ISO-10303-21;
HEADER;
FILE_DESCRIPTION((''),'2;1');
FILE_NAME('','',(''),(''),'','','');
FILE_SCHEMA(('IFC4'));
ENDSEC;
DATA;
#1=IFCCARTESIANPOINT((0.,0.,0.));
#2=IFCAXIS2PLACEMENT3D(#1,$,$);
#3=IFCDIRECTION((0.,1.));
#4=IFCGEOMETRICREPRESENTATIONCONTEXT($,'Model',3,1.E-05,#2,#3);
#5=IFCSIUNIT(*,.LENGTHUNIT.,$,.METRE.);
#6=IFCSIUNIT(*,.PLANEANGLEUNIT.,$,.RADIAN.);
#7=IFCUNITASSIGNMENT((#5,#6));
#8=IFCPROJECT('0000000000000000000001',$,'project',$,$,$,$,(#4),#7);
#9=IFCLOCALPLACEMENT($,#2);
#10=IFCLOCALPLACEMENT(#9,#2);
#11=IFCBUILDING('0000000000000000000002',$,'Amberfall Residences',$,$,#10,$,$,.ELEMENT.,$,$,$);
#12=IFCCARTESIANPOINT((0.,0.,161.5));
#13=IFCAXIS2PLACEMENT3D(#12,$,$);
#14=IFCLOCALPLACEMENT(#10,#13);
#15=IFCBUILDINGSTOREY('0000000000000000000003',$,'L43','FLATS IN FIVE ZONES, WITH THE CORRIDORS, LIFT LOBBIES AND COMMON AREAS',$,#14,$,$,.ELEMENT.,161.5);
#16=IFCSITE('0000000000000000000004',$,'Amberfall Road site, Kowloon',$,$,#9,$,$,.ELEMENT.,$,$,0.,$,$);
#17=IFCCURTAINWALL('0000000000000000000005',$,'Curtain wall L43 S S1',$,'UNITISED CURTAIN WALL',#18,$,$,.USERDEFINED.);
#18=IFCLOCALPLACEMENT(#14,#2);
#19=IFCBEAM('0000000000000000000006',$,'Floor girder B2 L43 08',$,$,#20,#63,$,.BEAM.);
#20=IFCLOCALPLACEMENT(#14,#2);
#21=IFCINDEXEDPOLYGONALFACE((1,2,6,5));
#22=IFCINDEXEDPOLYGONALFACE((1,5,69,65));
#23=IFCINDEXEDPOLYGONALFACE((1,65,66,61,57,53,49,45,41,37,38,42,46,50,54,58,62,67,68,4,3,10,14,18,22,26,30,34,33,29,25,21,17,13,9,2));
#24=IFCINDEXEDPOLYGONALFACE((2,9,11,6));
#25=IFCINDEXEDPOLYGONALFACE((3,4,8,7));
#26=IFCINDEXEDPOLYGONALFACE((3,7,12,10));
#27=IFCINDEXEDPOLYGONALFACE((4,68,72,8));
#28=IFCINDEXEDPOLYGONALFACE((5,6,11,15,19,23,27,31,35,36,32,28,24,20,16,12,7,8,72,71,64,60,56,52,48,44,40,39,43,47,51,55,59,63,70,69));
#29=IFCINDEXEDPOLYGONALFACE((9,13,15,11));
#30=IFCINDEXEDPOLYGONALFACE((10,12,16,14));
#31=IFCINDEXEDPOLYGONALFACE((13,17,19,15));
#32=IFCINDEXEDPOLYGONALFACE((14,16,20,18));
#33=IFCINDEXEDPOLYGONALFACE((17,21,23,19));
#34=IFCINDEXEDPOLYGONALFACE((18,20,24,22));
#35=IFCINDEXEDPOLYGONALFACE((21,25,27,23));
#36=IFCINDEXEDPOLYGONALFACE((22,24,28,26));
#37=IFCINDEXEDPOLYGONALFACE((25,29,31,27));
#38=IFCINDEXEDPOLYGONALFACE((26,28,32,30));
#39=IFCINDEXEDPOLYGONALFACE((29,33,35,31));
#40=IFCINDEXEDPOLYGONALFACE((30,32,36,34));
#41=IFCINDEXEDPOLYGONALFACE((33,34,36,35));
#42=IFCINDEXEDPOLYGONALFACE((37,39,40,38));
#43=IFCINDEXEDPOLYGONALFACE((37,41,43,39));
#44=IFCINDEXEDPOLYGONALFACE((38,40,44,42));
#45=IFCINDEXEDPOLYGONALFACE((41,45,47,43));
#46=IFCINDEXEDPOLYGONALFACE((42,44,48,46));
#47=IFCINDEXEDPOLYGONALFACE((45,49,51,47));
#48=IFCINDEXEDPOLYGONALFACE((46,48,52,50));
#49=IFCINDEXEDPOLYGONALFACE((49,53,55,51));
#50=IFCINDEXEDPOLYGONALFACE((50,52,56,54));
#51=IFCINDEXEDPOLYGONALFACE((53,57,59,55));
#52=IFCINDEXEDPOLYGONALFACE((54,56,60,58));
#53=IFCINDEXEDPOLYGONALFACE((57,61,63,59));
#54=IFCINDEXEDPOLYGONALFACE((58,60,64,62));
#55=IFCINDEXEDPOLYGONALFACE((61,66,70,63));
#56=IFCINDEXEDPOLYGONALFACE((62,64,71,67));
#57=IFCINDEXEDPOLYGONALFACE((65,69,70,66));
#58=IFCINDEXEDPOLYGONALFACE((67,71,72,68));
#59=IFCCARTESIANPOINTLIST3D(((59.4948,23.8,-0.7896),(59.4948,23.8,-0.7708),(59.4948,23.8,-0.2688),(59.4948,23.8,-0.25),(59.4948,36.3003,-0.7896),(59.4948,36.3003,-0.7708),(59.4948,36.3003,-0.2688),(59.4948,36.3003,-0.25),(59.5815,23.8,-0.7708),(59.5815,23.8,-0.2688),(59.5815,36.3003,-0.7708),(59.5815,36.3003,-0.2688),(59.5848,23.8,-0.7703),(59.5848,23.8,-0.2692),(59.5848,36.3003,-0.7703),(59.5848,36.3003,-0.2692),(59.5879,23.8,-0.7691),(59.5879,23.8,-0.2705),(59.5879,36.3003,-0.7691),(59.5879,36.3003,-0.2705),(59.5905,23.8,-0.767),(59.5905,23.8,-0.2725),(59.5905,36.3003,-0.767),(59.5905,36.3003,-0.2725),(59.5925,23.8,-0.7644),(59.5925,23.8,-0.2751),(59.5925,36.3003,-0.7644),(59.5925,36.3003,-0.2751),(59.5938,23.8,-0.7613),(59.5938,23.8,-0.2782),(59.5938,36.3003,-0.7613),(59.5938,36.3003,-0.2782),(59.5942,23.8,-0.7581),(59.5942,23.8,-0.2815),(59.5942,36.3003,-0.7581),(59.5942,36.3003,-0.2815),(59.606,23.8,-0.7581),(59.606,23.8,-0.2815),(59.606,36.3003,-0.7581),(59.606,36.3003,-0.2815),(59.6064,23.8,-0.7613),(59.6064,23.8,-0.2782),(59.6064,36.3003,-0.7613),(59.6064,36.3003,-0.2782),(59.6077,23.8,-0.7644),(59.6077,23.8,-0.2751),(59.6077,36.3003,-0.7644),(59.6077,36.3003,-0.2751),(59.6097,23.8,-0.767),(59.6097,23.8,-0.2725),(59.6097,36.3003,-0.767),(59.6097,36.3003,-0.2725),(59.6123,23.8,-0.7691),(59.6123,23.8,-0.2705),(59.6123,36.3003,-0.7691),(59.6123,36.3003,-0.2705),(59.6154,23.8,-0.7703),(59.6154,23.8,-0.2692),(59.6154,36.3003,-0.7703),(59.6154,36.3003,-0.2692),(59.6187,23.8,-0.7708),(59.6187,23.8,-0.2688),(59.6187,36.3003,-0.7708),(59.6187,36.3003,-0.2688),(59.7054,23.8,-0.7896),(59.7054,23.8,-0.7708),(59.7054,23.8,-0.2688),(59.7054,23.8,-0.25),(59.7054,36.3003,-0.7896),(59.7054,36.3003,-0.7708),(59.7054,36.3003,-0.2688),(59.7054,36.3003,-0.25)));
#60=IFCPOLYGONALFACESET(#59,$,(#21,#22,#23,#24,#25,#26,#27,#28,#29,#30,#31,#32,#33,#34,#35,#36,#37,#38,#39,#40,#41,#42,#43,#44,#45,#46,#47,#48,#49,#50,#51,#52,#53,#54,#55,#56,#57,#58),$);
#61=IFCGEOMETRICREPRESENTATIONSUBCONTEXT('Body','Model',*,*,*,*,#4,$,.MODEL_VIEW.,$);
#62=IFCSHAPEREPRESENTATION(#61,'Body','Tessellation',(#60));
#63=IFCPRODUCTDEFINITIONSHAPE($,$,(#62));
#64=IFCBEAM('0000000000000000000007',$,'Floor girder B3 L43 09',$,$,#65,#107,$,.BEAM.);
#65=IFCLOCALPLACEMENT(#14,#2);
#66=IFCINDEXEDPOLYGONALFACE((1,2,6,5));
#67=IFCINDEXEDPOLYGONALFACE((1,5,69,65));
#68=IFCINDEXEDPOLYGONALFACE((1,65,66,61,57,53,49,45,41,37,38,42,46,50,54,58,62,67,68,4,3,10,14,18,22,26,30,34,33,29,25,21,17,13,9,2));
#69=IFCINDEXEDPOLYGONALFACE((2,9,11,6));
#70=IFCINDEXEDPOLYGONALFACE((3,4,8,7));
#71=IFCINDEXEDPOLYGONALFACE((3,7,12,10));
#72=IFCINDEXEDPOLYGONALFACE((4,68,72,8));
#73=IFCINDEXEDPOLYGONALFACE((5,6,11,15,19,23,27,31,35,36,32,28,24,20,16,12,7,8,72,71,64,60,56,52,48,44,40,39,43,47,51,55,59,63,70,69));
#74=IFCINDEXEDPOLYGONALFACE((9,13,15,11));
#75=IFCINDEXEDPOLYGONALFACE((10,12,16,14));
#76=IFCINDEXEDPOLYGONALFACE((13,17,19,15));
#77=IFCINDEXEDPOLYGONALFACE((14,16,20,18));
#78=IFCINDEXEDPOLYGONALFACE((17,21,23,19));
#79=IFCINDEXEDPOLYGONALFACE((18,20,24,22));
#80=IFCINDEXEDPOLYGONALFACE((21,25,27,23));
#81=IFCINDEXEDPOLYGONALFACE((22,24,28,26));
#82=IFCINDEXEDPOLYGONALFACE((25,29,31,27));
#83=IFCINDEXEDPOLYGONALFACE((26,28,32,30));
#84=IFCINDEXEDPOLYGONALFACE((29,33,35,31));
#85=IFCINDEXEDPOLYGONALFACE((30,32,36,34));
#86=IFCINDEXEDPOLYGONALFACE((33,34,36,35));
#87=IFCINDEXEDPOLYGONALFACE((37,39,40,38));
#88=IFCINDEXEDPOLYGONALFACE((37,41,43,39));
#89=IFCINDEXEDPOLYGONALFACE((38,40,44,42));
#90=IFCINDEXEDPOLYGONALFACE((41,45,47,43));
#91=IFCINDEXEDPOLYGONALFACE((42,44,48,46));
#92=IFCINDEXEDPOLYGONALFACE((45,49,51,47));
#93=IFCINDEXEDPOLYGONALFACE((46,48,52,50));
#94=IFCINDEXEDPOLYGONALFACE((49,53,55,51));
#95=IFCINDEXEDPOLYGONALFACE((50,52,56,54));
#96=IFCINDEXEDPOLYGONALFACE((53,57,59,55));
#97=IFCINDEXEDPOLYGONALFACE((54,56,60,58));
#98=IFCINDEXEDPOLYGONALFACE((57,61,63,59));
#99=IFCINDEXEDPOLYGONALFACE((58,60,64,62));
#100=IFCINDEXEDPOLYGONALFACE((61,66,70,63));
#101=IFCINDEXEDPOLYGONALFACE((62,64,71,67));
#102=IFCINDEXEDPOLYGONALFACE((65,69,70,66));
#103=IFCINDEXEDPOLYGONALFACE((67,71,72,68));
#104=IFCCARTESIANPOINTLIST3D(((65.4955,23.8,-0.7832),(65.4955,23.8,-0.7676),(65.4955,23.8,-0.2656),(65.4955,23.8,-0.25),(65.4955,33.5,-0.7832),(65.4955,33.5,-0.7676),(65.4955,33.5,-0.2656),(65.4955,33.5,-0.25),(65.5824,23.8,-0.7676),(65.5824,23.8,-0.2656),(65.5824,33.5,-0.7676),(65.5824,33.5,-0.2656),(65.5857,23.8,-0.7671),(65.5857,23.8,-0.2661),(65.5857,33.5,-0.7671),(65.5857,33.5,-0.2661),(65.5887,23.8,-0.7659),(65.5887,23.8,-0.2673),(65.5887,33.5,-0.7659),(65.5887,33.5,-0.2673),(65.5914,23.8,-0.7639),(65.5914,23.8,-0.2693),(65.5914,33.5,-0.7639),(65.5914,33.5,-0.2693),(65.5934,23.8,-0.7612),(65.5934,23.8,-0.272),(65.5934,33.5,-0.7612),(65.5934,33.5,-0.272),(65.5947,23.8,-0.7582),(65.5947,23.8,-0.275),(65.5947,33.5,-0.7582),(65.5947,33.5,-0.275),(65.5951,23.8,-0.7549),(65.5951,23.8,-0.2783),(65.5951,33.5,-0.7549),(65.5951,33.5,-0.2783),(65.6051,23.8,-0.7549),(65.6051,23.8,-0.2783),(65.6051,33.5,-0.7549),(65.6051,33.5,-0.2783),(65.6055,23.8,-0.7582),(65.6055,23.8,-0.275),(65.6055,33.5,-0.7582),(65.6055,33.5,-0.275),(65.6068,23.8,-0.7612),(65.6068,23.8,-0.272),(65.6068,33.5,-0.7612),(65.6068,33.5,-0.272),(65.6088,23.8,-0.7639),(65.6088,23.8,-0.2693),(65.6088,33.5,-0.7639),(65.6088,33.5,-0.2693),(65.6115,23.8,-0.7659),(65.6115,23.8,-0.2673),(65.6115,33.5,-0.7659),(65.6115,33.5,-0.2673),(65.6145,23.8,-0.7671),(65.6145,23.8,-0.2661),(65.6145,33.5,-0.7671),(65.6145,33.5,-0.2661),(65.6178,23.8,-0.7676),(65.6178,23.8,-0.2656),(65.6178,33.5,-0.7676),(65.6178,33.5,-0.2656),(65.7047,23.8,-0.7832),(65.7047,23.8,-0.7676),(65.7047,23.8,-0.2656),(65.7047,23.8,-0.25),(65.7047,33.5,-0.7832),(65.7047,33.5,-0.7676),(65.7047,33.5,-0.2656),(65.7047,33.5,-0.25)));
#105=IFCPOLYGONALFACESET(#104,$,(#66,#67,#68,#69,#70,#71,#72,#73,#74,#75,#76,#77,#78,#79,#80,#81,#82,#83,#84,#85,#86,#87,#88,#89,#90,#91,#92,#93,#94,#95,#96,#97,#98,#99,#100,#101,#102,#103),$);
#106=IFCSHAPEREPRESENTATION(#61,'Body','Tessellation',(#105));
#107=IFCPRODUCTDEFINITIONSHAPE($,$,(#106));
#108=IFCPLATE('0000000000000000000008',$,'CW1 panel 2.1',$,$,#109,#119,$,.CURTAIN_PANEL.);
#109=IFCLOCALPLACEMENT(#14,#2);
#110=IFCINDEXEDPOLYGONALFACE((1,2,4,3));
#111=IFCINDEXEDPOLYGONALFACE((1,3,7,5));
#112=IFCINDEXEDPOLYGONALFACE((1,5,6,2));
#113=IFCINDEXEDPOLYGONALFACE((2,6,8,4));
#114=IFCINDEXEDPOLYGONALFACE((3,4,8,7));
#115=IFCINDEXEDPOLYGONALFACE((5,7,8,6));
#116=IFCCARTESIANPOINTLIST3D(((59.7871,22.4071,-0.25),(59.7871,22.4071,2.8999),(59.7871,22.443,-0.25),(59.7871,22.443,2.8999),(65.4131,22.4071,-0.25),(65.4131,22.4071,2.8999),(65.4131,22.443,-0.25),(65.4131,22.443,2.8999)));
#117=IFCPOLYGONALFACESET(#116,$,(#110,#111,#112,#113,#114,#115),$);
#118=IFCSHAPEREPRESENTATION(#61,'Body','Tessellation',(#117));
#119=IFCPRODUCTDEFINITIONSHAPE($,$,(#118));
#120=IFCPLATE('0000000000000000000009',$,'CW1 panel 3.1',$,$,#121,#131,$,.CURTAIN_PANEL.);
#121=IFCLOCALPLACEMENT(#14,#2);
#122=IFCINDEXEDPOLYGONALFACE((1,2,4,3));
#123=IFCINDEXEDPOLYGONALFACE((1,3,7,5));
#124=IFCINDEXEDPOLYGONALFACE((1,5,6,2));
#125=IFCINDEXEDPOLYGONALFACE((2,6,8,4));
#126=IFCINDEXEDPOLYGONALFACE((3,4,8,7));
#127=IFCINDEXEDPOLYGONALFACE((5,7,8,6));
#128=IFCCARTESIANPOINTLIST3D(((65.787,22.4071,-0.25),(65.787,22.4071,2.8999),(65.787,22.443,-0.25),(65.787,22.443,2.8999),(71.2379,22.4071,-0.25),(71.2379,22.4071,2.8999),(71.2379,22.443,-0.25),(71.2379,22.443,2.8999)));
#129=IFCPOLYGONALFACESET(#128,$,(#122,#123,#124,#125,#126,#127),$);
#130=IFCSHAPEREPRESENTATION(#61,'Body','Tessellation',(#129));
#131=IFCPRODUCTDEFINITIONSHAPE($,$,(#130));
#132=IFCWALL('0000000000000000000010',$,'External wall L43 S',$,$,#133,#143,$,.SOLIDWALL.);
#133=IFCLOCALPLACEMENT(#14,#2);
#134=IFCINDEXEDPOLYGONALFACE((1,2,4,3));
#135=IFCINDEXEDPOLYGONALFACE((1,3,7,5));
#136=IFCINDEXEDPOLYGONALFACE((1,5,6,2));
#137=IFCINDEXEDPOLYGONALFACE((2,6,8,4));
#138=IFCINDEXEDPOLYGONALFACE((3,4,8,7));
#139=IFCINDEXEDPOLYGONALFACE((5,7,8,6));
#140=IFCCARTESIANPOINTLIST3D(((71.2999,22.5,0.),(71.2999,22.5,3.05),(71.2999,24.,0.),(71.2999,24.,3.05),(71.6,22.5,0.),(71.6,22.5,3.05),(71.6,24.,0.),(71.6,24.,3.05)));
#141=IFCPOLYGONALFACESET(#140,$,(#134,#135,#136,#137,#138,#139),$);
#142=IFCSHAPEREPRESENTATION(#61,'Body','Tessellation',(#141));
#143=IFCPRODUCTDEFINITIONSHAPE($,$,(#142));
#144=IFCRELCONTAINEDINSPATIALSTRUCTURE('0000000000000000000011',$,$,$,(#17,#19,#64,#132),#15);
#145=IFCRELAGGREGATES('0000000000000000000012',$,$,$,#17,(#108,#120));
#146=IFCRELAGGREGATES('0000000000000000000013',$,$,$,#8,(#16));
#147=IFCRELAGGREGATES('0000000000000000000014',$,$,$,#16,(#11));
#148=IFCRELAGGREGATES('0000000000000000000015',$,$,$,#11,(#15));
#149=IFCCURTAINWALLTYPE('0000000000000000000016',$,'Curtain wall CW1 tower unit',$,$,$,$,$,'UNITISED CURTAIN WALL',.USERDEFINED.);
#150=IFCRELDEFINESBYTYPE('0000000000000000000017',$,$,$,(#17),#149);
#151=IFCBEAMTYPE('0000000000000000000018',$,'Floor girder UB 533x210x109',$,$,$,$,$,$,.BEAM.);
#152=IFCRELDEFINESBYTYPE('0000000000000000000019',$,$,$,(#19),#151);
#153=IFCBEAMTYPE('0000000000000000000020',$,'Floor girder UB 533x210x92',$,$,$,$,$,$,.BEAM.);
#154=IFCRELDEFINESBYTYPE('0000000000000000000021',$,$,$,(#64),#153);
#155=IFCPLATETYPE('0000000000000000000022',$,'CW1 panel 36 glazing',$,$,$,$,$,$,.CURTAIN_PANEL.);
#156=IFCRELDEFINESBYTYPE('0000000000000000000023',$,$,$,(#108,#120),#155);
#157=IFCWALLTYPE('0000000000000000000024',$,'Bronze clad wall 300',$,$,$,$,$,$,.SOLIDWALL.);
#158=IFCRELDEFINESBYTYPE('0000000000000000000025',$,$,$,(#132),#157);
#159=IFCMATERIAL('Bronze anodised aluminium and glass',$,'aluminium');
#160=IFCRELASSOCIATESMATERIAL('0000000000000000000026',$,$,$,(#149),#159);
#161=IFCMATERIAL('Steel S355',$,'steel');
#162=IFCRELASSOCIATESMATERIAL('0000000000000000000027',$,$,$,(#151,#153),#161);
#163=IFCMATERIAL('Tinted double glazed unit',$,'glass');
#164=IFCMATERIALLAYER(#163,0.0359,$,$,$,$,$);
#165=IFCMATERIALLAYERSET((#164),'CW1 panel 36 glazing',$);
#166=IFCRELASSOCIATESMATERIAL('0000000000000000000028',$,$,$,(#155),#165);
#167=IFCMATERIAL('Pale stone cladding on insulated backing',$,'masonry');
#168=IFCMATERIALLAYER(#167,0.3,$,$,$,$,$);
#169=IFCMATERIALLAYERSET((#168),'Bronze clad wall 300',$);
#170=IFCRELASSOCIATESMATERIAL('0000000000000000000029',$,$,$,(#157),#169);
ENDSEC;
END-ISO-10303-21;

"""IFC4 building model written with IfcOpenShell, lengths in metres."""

from ifc_helpers import new_model, si_unit, direction, frame, frame_2d, origin, origin_2d, place, context, subcontext, project, spatial, rectangle, i_section, extrude, material, layer, layer_set, material_profile, profile_set, type_object, element, aggregate, save


model = new_model("IFC4")

# Units and contexts
model_context = context("Model", 3, precision=1e-05, world=origin(), true_north=direction((0.0, 1.0)))
body_context = subcontext(model_context, "Body", "Model", "MODEL_VIEW")
ifc_project = project(units=[si_unit("LENGTHUNIT", "METRE"), si_unit("PLANEANGLEUNIT", "RADIAN")], contexts=[model_context])

# Site, building, storey
site_placement = place(None, origin())
site = spatial("IfcSite", under=ifc_project, at=site_placement, Name="Amberfall Road site, Kowloon", CompositionType="ELEMENT", RefElevation=0.0)
building_placement = place(site_placement, origin())
building = spatial("IfcBuilding", under=site, at=building_placement, Name="Amberfall Residences", CompositionType="ELEMENT")
storey_placement = place(building_placement, frame((0.0, 0.0, 161.5)))
storey = spatial("IfcBuildingStorey", under=building, at=storey_placement, Name="L43", Description="FLATS IN FIVE ZONES, WITH THE CORRIDORS, LIFT LOBBIES AND COMMON AREAS", CompositionType="ELEMENT", Elevation=161.5)

# Curtain wall
ifc_material_1 = material(Name="Bronze anodised aluminium and glass", Category="aluminium")
curtain_wall_type = type_object("IfcCurtainWallType", Name="Curtain wall CW1 tower unit", ElementType="UNITISED CURTAIN WALL", PredefinedType="USERDEFINED", material=ifc_material_1)
curtain_wall_placement = place(storey_placement, origin())
curtain_wall = element("IfcCurtainWall", 1, at=curtain_wall_placement, inside=storey, type_object=curtain_wall_type, Name="Curtain wall L43 S S1", ObjectType="UNITISED CURTAIN WALL", PredefinedType="USERDEFINED")

# Shared definitions
ifc_material_2 = material(Name="Steel S355", Category="steel")

# Beams
ifc_material_profile_1 = material_profile(ifc_material_2, i_section(OverallWidth=0.2107, OverallDepth=0.5396, WebThickness=0.0117, FlangeThickness=0.0188, FilletRadius=0.0127, at=origin_2d()), Name="UB 533x210x109")
ifc_profile_set_1 = profile_set([ifc_material_profile_1], Name="Steel S355")
beam_type_1 = type_object("IfcBeamType", Name="Floor girder UB 533x210x109", PredefinedType="BEAM", material=ifc_profile_set_1)
beam_1_placement = place(storey_placement, frame((59.6001, 23.8, -0.5198), z_axis=(0.0, 1.0, 0.0), x_axis=(-1.0, 0.0, 0.0)))
element("IfcBeam", 2, at=beam_1_placement, inside=storey, type_object=beam_type_1, Name="Floor girder B2 L43 08", PredefinedType="BEAM", context=body_context, shape_type="SweptSolid", body=[
    extrude(i_section(OverallWidth=0.2107, OverallDepth=0.5396, WebThickness=0.0117, FlangeThickness=0.0188, FilletRadius=0.0127, at=origin_2d()), origin(), (0.0, 0.0, 1.0), 12.5002),
])
ifc_material_profile_2 = material_profile(ifc_material_2, i_section(OverallWidth=0.2092, OverallDepth=0.5332, WebThickness=0.01, FlangeThickness=0.0156, FilletRadius=0.0127, at=origin_2d()), Name="UB 533x210x92")
ifc_profile_set_2 = profile_set([ifc_material_profile_2], Name="Steel S355")
beam_type_2 = type_object("IfcBeamType", Name="Floor girder UB 533x210x92", PredefinedType="BEAM", material=ifc_profile_set_2)
beam_2_placement = place(storey_placement, frame((65.6001, 23.8, -0.5166), z_axis=(0.0, 1.0, 0.0), x_axis=(-1.0, 0.0, 0.0)))
element("IfcBeam", 3, at=beam_2_placement, inside=storey, type_object=beam_type_2, Name="Floor girder B3 L43 09", PredefinedType="BEAM", context=body_context, shape_type="SweptSolid", body=[
    extrude(i_section(OverallWidth=0.2092, OverallDepth=0.5332, WebThickness=0.01, FlangeThickness=0.0156, FilletRadius=0.0127, at=origin_2d()), origin(), (0.0, 0.0, 1.0), 9.7),
])

# Plates
ifc_material_3 = material(Name="Tinted double glazed unit", Category="glass")
ifc_layer_1 = layer(ifc_material_3, 0.0359)
ifc_layer_set_1 = layer_set([ifc_layer_1], Name="CW1 panel 36 glazing")
plate_type = type_object("IfcPlateType", Name="CW1 panel 36 glazing", PredefinedType="CURTAIN_PANEL", material=ifc_layer_set_1)
plate_1_placement = place(storey_placement, frame((62.6001, 22.425, -0.25), z_axis=(0.0, 0.0, 1.0), x_axis=(1.0, 0.0, 0.0)))
plate_1 = element("IfcPlate", 4, at=plate_1_placement, type_object=plate_type, Name="CW1 panel 2.1", PredefinedType="CURTAIN_PANEL", context=body_context, shape_type="SweptSolid", body=[
    extrude(rectangle(XDim=5.626, YDim=0.0359, at=origin_2d()), origin(), (0.0, 0.0, 1.0), 3.1499),
])
plate_2_placement = place(storey_placement, frame((68.5125, 22.425, -0.25), z_axis=(0.0, 0.0, 1.0), x_axis=(1.0, 0.0, 0.0)))
plate_2 = element("IfcPlate", 5, at=plate_2_placement, type_object=plate_type, Name="CW1 panel 3.1", PredefinedType="CURTAIN_PANEL", context=body_context, shape_type="SweptSolid", body=[
    extrude(rectangle(XDim=5.4509, YDim=0.0359, at=origin_2d()), origin(), (0.0, 0.0, 1.0), 3.1499),
])
aggregate(curtain_wall, [plate_1, plate_2])

# Wall
ifc_material_4 = material(Name="Pale stone cladding on insulated backing", Category="masonry")
ifc_layer_2 = layer(ifc_material_4, 0.3)
ifc_layer_set_2 = layer_set([ifc_layer_2], Name="Bronze clad wall 300")
wall_type_1 = type_object("IfcWallType", Name="Bronze clad wall 300", PredefinedType="SOLIDWALL", material=ifc_layer_set_2)
wall_1_placement = place(storey_placement, frame((71.45, 22.5, 0.0), z_axis=(0.0, 0.0, 1.0), x_axis=(0.0, 1.0, 0.0)))
element("IfcWall", 6, at=wall_1_placement, inside=storey, type_object=wall_type_1, Name="External wall L43 S", PredefinedType="SOLIDWALL", context=body_context, shape_type="SweptSolid", body=[
    extrude(rectangle(XDim=1.5, YDim=0.3, at=frame_2d((0.75, 0.0))), origin(), (0.0, 0.0, 1.0), 3.05),
])

save(model, "model.ifc")
